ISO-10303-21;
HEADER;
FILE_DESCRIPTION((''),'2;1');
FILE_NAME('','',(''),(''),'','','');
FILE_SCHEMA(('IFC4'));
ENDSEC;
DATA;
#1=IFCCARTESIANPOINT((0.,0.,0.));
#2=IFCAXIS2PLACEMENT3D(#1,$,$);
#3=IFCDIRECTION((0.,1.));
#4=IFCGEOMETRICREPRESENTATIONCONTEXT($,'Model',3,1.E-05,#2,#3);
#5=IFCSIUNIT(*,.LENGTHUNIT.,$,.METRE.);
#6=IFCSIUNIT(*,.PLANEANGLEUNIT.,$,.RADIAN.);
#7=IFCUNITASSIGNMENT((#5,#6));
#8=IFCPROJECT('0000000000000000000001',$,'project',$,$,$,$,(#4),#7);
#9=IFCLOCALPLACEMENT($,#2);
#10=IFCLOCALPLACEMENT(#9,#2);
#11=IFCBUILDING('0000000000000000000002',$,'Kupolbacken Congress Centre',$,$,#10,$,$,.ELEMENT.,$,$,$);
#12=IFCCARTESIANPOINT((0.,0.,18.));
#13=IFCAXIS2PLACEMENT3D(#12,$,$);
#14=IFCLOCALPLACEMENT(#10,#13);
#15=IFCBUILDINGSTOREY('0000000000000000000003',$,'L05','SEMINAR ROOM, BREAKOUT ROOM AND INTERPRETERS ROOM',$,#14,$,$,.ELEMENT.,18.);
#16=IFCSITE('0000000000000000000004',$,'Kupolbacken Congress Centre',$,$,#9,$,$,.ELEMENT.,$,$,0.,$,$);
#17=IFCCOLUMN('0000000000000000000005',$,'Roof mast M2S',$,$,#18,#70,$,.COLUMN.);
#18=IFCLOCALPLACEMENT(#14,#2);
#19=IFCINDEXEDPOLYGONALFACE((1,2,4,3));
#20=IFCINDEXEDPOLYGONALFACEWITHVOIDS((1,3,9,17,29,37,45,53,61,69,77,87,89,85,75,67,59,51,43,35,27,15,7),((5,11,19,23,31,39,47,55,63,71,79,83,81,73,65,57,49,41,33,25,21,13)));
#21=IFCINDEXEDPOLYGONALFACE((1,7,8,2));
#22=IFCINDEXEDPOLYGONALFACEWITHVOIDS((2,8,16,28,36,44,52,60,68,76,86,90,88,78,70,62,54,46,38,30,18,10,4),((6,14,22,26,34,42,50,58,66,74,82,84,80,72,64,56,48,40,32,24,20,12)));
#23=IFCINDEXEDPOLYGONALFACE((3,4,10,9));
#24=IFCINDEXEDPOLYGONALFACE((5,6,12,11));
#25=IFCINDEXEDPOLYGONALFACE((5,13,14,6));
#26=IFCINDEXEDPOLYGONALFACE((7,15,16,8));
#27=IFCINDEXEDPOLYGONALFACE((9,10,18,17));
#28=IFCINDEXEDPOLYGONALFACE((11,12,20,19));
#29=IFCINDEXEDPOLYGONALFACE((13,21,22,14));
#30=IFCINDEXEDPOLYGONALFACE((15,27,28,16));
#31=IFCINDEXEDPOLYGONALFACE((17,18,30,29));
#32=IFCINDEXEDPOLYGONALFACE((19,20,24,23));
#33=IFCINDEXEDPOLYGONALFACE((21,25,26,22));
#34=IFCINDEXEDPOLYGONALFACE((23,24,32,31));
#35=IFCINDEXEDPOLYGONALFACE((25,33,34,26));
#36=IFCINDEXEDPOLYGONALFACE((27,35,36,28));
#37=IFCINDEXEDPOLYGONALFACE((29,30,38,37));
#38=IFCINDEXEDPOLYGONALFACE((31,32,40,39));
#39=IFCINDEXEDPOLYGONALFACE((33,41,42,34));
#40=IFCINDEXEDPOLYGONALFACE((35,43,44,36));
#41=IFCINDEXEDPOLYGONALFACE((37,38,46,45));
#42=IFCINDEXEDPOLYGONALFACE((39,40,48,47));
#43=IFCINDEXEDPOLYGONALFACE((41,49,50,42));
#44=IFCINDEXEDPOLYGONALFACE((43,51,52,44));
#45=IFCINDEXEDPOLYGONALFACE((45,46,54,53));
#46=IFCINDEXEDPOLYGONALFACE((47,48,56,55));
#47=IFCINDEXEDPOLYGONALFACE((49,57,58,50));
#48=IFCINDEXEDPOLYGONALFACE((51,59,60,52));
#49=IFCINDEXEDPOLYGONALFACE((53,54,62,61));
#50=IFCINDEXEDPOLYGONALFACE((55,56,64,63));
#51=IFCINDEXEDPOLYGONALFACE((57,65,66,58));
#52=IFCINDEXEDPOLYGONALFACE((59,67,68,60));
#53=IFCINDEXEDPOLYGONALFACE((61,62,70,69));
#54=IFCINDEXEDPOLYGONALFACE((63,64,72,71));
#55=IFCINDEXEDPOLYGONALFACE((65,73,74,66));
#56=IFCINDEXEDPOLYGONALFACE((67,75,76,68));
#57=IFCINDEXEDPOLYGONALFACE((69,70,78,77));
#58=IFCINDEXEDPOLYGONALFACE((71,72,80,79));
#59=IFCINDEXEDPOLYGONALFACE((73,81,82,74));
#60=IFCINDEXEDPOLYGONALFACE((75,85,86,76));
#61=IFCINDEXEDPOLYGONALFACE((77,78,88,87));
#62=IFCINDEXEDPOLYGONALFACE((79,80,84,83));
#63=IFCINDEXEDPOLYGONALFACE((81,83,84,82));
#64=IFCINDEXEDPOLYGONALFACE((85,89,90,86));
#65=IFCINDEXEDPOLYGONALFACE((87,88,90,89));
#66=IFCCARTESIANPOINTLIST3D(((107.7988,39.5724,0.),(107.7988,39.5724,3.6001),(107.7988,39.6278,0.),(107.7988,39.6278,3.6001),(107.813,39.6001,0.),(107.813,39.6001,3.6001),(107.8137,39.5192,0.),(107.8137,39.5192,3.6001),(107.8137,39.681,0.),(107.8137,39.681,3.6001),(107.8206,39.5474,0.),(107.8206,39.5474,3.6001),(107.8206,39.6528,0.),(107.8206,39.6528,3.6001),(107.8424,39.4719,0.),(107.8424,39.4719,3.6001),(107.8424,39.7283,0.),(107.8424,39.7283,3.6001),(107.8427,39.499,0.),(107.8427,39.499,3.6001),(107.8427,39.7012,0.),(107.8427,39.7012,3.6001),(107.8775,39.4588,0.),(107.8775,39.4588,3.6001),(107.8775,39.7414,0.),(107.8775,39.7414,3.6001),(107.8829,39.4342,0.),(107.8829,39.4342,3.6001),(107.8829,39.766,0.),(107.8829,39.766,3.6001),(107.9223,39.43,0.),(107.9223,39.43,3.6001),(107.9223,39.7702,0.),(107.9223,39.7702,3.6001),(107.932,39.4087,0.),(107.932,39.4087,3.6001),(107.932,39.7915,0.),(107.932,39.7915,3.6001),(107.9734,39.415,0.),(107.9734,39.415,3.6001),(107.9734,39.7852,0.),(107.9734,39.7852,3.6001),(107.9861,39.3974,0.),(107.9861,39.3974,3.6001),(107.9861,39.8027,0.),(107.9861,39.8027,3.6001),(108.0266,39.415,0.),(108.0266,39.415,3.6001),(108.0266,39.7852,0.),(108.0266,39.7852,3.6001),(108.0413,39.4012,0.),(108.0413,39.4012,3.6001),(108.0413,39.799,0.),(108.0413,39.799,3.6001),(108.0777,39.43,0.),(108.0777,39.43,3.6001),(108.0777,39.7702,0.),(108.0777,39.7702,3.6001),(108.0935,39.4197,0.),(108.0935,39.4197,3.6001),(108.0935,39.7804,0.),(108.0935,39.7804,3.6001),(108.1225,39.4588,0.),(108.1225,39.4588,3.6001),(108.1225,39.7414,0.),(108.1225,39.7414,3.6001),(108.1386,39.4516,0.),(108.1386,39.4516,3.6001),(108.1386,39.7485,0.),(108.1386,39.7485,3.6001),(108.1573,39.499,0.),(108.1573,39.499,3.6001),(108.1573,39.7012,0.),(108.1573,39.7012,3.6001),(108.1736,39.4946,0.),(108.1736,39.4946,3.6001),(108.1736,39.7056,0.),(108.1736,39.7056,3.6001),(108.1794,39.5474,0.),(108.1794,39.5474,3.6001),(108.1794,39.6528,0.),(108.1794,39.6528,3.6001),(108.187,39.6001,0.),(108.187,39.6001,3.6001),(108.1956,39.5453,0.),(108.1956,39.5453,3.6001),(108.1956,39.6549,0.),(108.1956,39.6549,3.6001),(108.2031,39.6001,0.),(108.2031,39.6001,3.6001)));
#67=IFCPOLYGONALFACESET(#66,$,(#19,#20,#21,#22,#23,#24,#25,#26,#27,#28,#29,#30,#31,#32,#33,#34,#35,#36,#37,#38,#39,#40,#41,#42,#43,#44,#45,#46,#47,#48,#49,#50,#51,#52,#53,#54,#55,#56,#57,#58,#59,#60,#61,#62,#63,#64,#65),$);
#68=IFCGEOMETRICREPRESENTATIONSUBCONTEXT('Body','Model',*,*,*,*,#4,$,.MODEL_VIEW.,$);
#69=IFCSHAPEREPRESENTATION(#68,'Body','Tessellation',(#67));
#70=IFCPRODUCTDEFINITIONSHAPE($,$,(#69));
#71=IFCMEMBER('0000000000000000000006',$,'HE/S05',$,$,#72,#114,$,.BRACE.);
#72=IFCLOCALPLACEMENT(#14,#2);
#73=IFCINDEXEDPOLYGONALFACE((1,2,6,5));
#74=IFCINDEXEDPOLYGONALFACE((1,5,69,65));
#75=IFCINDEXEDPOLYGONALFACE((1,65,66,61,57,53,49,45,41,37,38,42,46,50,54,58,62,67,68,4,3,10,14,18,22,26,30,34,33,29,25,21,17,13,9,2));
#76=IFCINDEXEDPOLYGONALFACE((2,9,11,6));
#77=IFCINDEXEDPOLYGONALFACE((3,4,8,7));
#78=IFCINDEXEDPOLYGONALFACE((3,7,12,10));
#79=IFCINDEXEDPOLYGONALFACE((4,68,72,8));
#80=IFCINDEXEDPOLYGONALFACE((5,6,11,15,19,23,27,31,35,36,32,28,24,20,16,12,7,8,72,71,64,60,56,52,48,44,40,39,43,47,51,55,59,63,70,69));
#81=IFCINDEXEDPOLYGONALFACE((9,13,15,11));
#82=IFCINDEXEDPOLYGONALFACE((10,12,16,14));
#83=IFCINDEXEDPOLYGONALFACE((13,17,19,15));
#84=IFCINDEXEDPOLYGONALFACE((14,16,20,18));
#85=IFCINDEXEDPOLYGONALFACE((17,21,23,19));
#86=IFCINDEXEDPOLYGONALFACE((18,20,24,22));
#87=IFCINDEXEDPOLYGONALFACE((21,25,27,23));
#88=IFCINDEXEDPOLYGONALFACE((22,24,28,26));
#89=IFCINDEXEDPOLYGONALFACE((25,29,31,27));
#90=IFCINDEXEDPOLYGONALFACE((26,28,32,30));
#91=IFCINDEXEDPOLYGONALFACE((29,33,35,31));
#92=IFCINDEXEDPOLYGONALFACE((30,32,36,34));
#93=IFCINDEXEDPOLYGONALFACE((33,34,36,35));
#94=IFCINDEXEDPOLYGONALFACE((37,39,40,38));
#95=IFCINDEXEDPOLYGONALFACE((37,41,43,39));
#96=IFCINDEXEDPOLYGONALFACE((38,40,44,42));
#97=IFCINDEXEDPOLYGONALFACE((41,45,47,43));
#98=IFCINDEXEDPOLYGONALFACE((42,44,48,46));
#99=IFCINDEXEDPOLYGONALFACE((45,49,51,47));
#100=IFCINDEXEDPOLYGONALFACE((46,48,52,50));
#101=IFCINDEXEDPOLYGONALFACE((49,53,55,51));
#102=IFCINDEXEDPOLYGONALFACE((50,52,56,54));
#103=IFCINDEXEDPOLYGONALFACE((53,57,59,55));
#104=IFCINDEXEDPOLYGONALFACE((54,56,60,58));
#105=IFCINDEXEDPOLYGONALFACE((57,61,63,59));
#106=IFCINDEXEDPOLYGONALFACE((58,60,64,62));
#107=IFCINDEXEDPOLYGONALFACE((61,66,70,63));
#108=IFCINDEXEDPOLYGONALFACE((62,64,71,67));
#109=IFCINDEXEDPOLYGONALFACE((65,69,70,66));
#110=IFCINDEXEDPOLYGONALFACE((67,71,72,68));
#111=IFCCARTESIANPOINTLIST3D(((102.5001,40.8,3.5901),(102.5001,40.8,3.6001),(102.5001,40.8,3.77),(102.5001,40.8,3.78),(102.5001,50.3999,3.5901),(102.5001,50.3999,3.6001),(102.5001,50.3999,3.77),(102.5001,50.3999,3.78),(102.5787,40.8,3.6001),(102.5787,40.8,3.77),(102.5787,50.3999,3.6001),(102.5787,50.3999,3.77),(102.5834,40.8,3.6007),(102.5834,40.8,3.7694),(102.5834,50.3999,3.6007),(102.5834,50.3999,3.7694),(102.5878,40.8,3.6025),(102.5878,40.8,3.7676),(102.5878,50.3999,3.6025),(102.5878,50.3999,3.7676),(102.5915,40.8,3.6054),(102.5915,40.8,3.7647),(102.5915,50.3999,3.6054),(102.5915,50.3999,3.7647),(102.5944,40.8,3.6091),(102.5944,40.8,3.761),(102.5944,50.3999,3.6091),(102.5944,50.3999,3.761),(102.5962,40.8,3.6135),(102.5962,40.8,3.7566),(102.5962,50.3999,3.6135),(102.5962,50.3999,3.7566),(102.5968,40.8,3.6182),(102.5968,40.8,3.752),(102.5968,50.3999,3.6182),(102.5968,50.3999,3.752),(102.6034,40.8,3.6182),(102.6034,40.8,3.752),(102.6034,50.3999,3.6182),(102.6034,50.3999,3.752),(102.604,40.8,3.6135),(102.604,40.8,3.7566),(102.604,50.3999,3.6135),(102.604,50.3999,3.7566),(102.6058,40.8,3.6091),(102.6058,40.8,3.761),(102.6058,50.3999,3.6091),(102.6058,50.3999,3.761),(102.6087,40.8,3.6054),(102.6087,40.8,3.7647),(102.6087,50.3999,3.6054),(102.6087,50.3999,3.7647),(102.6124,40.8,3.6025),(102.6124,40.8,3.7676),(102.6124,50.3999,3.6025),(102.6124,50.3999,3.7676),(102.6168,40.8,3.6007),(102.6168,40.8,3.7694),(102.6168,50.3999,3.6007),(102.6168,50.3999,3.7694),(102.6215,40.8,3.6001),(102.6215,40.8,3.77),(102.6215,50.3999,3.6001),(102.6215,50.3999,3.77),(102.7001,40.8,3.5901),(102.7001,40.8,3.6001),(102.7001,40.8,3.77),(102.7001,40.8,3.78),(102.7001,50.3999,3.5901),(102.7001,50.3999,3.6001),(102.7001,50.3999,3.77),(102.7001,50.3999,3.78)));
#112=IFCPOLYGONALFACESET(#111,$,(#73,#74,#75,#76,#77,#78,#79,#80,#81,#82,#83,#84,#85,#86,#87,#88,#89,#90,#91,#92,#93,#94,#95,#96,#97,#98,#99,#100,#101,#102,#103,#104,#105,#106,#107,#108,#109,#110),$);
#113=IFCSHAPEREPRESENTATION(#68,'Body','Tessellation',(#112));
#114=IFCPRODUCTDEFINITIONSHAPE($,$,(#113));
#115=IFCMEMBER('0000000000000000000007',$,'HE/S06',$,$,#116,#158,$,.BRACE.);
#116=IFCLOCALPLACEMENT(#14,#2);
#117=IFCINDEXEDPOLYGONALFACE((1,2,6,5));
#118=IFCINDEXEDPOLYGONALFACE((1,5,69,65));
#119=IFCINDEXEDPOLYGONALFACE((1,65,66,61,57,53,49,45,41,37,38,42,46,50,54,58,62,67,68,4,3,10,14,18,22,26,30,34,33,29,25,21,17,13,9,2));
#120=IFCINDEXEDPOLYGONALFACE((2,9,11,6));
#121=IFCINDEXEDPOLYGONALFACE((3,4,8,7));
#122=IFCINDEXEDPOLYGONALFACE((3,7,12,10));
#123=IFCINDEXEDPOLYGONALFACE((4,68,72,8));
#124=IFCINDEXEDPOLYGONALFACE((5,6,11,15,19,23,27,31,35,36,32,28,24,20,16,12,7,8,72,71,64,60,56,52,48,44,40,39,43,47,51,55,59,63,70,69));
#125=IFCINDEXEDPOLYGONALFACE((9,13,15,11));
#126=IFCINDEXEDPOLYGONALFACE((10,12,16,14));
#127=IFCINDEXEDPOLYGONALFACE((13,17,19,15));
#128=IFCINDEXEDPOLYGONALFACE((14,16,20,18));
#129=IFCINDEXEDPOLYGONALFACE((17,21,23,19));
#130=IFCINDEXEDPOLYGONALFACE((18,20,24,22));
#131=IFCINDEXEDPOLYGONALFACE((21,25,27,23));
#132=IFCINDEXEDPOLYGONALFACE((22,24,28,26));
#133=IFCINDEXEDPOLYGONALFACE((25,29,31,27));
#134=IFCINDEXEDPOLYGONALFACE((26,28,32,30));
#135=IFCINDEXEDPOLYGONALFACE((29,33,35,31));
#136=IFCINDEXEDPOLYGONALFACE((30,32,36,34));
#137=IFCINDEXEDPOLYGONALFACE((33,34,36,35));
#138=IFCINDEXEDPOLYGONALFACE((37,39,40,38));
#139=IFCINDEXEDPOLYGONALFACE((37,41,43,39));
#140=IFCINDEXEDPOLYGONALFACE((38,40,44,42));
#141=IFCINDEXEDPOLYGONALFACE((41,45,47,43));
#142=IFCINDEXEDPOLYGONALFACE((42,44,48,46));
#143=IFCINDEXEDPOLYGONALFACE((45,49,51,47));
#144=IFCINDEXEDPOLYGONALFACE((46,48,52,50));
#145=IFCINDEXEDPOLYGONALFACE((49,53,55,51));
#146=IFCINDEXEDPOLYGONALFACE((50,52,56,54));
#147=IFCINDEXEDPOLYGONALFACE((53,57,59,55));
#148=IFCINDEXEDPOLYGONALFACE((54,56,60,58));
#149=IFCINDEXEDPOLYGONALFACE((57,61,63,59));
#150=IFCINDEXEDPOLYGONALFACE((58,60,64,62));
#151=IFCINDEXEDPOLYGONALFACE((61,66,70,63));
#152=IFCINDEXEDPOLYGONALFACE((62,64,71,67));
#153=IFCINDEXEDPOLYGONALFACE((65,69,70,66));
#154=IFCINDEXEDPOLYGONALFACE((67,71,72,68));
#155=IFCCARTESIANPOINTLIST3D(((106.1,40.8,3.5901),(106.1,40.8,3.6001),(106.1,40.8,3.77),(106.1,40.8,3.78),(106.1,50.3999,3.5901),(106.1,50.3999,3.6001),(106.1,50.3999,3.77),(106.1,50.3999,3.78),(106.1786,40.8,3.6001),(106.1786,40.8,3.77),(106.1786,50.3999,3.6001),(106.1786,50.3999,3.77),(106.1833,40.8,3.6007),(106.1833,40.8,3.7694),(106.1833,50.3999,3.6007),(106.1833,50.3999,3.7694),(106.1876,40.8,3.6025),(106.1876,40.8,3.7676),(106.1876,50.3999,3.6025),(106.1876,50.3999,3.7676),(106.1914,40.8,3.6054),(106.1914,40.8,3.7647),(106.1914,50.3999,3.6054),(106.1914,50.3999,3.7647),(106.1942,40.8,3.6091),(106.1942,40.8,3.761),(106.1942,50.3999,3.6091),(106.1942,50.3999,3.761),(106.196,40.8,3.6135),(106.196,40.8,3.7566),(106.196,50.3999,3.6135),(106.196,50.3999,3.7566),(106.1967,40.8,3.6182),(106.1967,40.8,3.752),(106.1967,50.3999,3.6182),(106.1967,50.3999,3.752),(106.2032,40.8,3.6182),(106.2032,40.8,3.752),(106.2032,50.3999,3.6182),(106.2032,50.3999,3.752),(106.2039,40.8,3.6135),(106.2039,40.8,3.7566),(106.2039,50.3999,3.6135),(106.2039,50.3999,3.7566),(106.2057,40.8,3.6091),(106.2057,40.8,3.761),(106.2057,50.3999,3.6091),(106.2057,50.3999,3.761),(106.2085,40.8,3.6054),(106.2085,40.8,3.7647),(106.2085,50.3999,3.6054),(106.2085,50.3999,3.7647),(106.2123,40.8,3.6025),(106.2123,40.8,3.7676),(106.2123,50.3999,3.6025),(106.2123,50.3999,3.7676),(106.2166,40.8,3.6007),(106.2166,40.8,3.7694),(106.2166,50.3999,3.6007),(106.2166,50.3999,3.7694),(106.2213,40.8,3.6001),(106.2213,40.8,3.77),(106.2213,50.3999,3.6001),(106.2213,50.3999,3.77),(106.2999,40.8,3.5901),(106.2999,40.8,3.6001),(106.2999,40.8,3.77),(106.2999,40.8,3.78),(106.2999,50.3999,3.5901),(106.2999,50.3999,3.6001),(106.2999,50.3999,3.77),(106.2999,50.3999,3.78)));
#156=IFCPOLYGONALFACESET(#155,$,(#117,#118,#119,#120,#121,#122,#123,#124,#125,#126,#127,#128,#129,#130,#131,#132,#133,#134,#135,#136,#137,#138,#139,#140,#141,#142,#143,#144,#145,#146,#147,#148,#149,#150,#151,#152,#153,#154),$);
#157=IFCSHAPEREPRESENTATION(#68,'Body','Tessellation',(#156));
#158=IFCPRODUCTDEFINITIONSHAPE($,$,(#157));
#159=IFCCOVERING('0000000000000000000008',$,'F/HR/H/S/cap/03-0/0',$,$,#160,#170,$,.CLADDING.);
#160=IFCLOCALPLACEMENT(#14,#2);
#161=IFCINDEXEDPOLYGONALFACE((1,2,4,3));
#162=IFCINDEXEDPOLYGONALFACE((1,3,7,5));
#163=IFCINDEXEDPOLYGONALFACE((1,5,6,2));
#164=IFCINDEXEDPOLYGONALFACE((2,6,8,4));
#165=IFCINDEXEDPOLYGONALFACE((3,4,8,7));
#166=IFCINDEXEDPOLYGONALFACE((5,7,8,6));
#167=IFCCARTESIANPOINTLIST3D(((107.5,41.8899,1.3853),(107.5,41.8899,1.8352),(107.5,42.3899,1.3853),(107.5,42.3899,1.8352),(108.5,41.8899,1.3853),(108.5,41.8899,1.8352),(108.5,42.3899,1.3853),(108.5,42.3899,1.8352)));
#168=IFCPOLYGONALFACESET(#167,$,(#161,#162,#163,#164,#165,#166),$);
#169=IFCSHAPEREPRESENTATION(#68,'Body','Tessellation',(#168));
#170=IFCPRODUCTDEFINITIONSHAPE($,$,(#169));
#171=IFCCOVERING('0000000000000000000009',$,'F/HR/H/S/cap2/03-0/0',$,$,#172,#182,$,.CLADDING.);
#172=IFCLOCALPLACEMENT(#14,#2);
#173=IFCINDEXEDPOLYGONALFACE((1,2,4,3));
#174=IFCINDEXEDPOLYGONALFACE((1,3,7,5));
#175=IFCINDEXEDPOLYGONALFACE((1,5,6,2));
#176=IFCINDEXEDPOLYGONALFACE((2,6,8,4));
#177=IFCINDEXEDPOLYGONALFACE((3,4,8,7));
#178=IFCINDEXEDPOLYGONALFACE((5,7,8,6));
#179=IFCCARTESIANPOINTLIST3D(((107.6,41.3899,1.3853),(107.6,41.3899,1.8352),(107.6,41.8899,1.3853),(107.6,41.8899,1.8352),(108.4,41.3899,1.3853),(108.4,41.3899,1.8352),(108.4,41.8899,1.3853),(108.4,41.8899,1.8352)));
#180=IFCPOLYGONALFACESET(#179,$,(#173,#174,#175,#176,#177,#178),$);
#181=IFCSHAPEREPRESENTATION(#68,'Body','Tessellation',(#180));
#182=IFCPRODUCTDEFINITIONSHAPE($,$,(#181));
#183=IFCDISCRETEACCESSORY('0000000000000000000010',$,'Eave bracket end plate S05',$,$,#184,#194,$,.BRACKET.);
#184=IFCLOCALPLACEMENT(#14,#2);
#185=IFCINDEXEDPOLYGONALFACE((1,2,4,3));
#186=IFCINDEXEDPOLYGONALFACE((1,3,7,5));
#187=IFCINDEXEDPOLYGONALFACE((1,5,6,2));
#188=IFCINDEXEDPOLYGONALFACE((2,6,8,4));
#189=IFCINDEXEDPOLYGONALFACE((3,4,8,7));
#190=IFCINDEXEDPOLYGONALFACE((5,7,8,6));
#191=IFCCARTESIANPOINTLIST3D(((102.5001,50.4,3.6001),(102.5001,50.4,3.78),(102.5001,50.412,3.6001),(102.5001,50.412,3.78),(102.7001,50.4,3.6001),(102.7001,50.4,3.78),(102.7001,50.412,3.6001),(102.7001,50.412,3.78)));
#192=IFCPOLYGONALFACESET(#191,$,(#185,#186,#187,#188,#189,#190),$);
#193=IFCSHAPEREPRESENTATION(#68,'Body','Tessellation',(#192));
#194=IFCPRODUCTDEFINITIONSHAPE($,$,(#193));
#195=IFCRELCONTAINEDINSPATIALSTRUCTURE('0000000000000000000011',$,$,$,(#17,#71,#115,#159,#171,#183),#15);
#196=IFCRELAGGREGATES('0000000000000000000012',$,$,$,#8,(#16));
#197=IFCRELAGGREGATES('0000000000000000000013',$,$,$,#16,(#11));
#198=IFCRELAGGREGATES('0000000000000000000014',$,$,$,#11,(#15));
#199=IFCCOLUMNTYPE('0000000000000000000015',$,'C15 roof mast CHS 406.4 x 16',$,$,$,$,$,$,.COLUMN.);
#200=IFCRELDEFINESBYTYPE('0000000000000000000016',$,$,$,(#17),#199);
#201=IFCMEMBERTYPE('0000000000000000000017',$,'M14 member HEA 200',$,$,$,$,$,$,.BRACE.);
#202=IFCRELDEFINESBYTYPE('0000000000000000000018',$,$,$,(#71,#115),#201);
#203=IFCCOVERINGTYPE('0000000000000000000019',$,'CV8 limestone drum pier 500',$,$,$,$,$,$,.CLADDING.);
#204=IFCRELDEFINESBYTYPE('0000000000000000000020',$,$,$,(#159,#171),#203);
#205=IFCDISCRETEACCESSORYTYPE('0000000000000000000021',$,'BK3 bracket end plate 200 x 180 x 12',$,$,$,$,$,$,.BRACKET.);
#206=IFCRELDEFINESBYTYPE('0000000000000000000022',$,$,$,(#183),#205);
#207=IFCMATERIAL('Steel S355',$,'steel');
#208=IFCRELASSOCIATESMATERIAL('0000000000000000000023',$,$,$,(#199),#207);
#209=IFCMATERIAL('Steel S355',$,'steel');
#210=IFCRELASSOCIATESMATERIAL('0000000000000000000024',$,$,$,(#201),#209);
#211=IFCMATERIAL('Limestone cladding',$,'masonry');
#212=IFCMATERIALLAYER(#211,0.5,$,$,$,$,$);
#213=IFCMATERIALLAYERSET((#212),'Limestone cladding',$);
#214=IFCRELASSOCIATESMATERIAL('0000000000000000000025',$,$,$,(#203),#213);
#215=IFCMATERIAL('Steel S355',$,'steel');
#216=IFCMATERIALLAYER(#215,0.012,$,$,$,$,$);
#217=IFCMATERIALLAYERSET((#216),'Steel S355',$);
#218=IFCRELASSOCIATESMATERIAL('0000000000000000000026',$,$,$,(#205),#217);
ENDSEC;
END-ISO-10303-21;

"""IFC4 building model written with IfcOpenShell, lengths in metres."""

from ifc_helpers import new_model, si_unit, direction, frame, origin, origin_2d, place, context, subcontext, project, spatial, rectangle, hollow_circle, i_section, extrude, material, layer, layer_set, material_profile, profile_set, type_object, element, save


model = new_model("IFC4")

# Units and contexts
model_context = context("Model", 3, precision=1e-05, world=origin(), true_north=direction((0.0, 1.0)))
body_context = subcontext(model_context, "Body", "Model", "MODEL_VIEW")
ifc_project = project(units=[si_unit("LENGTHUNIT", "METRE"), si_unit("PLANEANGLEUNIT", "RADIAN")], contexts=[model_context])

# Site, building, storey
site_placement = place(None, origin())
site = spatial("IfcSite", under=ifc_project, at=site_placement, Name="Kupolbacken Congress Centre", CompositionType="ELEMENT", RefElevation=0.0)
building_placement = place(site_placement, origin())
building = spatial("IfcBuilding", under=site, at=building_placement, Name="Kupolbacken Congress Centre", CompositionType="ELEMENT")
storey_placement = place(building_placement, frame((0.0, 0.0, 18.0)))
storey = spatial("IfcBuildingStorey", under=building, at=storey_placement, Name="L05", Description="SEMINAR ROOM, BREAKOUT ROOM AND INTERPRETERS ROOM", CompositionType="ELEMENT", Elevation=18.0)

# Column
ifc_material_1 = material(Name="Steel S355", Category="steel")
ifc_material_profile_1 = material_profile(ifc_material_1, hollow_circle(Radius=0.2031, WallThickness=0.0161, at=origin_2d()), Name="CHS 406.4 x 16")
ifc_profile_set_1 = profile_set([ifc_material_profile_1], Name="Steel S355")
column_type = type_object("IfcColumnType", Name="C15 roof mast CHS 406.4 x 16", PredefinedType="COLUMN", material=ifc_profile_set_1)
column_placement = place(storey_placement, frame((108.0, 39.6001, 0.0), z_axis=(0.0, 0.0, 1.0), x_axis=(1.0, 0.0, 0.0)))
element("IfcColumn", 1, at=column_placement, inside=storey, type_object=column_type, Name="Roof mast M2S", PredefinedType="COLUMN", context=body_context, shape_type="SweptSolid", body=[
    extrude(hollow_circle(Radius=0.2031, WallThickness=0.0161, at=origin_2d()), origin(), (0.0, 0.0, 1.0), 3.6001),
])

# Members
ifc_material_2 = material(Name="Steel S355", Category="steel")
ifc_material_profile_2 = material_profile(ifc_material_2, i_section(OverallWidth=0.2, OverallDepth=0.1899, WebThickness=0.0066, FlangeThickness=0.01, FilletRadius=0.0181, at=origin_2d()), Name="HEA 200")
ifc_profile_set_2 = profile_set([ifc_material_profile_2], Name="Steel S355")
member_type = type_object("IfcMemberType", Name="M14 member HEA 200", PredefinedType="BRACE", material=ifc_profile_set_2)
for number, where, z_axis, x_axis, name in (
    (2, (102.6001, 50.3999, 3.6851), (0.0, -1.0, 0.0), (1.0, 0.0, 0.0), "HE/S05"),
    (3, (106.2, 50.3999, 3.6851), (0.0, -1.0, 0.0), (1.0, 0.0, 0.0), "HE/S06"),
):
    element("IfcMember", number, at=place(storey_placement, frame(where, z_axis=z_axis, x_axis=x_axis)), inside=storey, type_object=member_type, Name=name, PredefinedType="BRACE", context=body_context, shape_type="SweptSolid", body=[
        extrude(i_section(OverallWidth=0.2, OverallDepth=0.1899, WebThickness=0.0066, FlangeThickness=0.01, FilletRadius=0.0181, at=origin_2d()), origin(), (0.0, 0.0, 1.0), 9.5999),
    ])

# Coverings
ifc_material_3 = material(Name="Limestone cladding", Category="masonry")
ifc_layer_1 = layer(ifc_material_3, 0.5)
ifc_layer_set_1 = layer_set([ifc_layer_1], Name="Limestone cladding")
covering_type = type_object("IfcCoveringType", Name="CV8 limestone drum pier 500", PredefinedType="CLADDING", material=ifc_layer_set_1)
covering_1_placement = place(storey_placement, frame((108.0, 42.1399, 1.3853), z_axis=(0.0, 0.0, 1.0), x_axis=(1.0, 0.0, 0.0)))
element("IfcCovering", 4, at=covering_1_placement, inside=storey, type_object=covering_type, Name="F/HR/H/S/cap/03-0/0", PredefinedType="CLADDING", context=body_context, shape_type="SweptSolid", body=[
    extrude(rectangle(XDim=1.0, YDim=0.5, at=origin_2d()), origin(), (0.0, 0.0, 1.0), 0.45),
])
covering_2_placement = place(storey_placement, frame((108.0, 41.6399, 1.3853), z_axis=(0.0, 0.0, 1.0), x_axis=(1.0, 0.0, 0.0)))
element("IfcCovering", 5, at=covering_2_placement, inside=storey, type_object=covering_type, Name="F/HR/H/S/cap2/03-0/0", PredefinedType="CLADDING", context=body_context, shape_type="SweptSolid", body=[
    extrude(rectangle(XDim=0.8, YDim=0.5, at=origin_2d()), origin(), (0.0, 0.0, 1.0), 0.45),
])

# Discrete accessory
ifc_material_4 = material(Name="Steel S355", Category="steel")
ifc_layer_2 = layer(ifc_material_4, 0.012)
ifc_layer_set_2 = layer_set([ifc_layer_2], Name="Steel S355")
discrete_accessory_type = type_object("IfcDiscreteAccessoryType", Name="BK3 bracket end plate 200 x 180 x 12", PredefinedType="BRACKET", material=ifc_layer_set_2)
for number, where, z_axis, x_axis, name in (
    (6, (102.6001, 50.406, 3.6001), (0.0, 0.0, 1.0), (1.0, 0.0, 0.0), "Eave bracket end plate S05"),
):
    element("IfcDiscreteAccessory", number, at=place(storey_placement, frame(where, z_axis=z_axis, x_axis=x_axis)), inside=storey, type_object=discrete_accessory_type, Name=name, PredefinedType="BRACKET", context=body_context, shape_type="SweptSolid", body=[
        extrude(rectangle(XDim=0.2, YDim=0.012, at=origin_2d()), origin(), (0.0, 0.0, 1.0), 0.1799),
    ])

save(model, "model.ifc")
